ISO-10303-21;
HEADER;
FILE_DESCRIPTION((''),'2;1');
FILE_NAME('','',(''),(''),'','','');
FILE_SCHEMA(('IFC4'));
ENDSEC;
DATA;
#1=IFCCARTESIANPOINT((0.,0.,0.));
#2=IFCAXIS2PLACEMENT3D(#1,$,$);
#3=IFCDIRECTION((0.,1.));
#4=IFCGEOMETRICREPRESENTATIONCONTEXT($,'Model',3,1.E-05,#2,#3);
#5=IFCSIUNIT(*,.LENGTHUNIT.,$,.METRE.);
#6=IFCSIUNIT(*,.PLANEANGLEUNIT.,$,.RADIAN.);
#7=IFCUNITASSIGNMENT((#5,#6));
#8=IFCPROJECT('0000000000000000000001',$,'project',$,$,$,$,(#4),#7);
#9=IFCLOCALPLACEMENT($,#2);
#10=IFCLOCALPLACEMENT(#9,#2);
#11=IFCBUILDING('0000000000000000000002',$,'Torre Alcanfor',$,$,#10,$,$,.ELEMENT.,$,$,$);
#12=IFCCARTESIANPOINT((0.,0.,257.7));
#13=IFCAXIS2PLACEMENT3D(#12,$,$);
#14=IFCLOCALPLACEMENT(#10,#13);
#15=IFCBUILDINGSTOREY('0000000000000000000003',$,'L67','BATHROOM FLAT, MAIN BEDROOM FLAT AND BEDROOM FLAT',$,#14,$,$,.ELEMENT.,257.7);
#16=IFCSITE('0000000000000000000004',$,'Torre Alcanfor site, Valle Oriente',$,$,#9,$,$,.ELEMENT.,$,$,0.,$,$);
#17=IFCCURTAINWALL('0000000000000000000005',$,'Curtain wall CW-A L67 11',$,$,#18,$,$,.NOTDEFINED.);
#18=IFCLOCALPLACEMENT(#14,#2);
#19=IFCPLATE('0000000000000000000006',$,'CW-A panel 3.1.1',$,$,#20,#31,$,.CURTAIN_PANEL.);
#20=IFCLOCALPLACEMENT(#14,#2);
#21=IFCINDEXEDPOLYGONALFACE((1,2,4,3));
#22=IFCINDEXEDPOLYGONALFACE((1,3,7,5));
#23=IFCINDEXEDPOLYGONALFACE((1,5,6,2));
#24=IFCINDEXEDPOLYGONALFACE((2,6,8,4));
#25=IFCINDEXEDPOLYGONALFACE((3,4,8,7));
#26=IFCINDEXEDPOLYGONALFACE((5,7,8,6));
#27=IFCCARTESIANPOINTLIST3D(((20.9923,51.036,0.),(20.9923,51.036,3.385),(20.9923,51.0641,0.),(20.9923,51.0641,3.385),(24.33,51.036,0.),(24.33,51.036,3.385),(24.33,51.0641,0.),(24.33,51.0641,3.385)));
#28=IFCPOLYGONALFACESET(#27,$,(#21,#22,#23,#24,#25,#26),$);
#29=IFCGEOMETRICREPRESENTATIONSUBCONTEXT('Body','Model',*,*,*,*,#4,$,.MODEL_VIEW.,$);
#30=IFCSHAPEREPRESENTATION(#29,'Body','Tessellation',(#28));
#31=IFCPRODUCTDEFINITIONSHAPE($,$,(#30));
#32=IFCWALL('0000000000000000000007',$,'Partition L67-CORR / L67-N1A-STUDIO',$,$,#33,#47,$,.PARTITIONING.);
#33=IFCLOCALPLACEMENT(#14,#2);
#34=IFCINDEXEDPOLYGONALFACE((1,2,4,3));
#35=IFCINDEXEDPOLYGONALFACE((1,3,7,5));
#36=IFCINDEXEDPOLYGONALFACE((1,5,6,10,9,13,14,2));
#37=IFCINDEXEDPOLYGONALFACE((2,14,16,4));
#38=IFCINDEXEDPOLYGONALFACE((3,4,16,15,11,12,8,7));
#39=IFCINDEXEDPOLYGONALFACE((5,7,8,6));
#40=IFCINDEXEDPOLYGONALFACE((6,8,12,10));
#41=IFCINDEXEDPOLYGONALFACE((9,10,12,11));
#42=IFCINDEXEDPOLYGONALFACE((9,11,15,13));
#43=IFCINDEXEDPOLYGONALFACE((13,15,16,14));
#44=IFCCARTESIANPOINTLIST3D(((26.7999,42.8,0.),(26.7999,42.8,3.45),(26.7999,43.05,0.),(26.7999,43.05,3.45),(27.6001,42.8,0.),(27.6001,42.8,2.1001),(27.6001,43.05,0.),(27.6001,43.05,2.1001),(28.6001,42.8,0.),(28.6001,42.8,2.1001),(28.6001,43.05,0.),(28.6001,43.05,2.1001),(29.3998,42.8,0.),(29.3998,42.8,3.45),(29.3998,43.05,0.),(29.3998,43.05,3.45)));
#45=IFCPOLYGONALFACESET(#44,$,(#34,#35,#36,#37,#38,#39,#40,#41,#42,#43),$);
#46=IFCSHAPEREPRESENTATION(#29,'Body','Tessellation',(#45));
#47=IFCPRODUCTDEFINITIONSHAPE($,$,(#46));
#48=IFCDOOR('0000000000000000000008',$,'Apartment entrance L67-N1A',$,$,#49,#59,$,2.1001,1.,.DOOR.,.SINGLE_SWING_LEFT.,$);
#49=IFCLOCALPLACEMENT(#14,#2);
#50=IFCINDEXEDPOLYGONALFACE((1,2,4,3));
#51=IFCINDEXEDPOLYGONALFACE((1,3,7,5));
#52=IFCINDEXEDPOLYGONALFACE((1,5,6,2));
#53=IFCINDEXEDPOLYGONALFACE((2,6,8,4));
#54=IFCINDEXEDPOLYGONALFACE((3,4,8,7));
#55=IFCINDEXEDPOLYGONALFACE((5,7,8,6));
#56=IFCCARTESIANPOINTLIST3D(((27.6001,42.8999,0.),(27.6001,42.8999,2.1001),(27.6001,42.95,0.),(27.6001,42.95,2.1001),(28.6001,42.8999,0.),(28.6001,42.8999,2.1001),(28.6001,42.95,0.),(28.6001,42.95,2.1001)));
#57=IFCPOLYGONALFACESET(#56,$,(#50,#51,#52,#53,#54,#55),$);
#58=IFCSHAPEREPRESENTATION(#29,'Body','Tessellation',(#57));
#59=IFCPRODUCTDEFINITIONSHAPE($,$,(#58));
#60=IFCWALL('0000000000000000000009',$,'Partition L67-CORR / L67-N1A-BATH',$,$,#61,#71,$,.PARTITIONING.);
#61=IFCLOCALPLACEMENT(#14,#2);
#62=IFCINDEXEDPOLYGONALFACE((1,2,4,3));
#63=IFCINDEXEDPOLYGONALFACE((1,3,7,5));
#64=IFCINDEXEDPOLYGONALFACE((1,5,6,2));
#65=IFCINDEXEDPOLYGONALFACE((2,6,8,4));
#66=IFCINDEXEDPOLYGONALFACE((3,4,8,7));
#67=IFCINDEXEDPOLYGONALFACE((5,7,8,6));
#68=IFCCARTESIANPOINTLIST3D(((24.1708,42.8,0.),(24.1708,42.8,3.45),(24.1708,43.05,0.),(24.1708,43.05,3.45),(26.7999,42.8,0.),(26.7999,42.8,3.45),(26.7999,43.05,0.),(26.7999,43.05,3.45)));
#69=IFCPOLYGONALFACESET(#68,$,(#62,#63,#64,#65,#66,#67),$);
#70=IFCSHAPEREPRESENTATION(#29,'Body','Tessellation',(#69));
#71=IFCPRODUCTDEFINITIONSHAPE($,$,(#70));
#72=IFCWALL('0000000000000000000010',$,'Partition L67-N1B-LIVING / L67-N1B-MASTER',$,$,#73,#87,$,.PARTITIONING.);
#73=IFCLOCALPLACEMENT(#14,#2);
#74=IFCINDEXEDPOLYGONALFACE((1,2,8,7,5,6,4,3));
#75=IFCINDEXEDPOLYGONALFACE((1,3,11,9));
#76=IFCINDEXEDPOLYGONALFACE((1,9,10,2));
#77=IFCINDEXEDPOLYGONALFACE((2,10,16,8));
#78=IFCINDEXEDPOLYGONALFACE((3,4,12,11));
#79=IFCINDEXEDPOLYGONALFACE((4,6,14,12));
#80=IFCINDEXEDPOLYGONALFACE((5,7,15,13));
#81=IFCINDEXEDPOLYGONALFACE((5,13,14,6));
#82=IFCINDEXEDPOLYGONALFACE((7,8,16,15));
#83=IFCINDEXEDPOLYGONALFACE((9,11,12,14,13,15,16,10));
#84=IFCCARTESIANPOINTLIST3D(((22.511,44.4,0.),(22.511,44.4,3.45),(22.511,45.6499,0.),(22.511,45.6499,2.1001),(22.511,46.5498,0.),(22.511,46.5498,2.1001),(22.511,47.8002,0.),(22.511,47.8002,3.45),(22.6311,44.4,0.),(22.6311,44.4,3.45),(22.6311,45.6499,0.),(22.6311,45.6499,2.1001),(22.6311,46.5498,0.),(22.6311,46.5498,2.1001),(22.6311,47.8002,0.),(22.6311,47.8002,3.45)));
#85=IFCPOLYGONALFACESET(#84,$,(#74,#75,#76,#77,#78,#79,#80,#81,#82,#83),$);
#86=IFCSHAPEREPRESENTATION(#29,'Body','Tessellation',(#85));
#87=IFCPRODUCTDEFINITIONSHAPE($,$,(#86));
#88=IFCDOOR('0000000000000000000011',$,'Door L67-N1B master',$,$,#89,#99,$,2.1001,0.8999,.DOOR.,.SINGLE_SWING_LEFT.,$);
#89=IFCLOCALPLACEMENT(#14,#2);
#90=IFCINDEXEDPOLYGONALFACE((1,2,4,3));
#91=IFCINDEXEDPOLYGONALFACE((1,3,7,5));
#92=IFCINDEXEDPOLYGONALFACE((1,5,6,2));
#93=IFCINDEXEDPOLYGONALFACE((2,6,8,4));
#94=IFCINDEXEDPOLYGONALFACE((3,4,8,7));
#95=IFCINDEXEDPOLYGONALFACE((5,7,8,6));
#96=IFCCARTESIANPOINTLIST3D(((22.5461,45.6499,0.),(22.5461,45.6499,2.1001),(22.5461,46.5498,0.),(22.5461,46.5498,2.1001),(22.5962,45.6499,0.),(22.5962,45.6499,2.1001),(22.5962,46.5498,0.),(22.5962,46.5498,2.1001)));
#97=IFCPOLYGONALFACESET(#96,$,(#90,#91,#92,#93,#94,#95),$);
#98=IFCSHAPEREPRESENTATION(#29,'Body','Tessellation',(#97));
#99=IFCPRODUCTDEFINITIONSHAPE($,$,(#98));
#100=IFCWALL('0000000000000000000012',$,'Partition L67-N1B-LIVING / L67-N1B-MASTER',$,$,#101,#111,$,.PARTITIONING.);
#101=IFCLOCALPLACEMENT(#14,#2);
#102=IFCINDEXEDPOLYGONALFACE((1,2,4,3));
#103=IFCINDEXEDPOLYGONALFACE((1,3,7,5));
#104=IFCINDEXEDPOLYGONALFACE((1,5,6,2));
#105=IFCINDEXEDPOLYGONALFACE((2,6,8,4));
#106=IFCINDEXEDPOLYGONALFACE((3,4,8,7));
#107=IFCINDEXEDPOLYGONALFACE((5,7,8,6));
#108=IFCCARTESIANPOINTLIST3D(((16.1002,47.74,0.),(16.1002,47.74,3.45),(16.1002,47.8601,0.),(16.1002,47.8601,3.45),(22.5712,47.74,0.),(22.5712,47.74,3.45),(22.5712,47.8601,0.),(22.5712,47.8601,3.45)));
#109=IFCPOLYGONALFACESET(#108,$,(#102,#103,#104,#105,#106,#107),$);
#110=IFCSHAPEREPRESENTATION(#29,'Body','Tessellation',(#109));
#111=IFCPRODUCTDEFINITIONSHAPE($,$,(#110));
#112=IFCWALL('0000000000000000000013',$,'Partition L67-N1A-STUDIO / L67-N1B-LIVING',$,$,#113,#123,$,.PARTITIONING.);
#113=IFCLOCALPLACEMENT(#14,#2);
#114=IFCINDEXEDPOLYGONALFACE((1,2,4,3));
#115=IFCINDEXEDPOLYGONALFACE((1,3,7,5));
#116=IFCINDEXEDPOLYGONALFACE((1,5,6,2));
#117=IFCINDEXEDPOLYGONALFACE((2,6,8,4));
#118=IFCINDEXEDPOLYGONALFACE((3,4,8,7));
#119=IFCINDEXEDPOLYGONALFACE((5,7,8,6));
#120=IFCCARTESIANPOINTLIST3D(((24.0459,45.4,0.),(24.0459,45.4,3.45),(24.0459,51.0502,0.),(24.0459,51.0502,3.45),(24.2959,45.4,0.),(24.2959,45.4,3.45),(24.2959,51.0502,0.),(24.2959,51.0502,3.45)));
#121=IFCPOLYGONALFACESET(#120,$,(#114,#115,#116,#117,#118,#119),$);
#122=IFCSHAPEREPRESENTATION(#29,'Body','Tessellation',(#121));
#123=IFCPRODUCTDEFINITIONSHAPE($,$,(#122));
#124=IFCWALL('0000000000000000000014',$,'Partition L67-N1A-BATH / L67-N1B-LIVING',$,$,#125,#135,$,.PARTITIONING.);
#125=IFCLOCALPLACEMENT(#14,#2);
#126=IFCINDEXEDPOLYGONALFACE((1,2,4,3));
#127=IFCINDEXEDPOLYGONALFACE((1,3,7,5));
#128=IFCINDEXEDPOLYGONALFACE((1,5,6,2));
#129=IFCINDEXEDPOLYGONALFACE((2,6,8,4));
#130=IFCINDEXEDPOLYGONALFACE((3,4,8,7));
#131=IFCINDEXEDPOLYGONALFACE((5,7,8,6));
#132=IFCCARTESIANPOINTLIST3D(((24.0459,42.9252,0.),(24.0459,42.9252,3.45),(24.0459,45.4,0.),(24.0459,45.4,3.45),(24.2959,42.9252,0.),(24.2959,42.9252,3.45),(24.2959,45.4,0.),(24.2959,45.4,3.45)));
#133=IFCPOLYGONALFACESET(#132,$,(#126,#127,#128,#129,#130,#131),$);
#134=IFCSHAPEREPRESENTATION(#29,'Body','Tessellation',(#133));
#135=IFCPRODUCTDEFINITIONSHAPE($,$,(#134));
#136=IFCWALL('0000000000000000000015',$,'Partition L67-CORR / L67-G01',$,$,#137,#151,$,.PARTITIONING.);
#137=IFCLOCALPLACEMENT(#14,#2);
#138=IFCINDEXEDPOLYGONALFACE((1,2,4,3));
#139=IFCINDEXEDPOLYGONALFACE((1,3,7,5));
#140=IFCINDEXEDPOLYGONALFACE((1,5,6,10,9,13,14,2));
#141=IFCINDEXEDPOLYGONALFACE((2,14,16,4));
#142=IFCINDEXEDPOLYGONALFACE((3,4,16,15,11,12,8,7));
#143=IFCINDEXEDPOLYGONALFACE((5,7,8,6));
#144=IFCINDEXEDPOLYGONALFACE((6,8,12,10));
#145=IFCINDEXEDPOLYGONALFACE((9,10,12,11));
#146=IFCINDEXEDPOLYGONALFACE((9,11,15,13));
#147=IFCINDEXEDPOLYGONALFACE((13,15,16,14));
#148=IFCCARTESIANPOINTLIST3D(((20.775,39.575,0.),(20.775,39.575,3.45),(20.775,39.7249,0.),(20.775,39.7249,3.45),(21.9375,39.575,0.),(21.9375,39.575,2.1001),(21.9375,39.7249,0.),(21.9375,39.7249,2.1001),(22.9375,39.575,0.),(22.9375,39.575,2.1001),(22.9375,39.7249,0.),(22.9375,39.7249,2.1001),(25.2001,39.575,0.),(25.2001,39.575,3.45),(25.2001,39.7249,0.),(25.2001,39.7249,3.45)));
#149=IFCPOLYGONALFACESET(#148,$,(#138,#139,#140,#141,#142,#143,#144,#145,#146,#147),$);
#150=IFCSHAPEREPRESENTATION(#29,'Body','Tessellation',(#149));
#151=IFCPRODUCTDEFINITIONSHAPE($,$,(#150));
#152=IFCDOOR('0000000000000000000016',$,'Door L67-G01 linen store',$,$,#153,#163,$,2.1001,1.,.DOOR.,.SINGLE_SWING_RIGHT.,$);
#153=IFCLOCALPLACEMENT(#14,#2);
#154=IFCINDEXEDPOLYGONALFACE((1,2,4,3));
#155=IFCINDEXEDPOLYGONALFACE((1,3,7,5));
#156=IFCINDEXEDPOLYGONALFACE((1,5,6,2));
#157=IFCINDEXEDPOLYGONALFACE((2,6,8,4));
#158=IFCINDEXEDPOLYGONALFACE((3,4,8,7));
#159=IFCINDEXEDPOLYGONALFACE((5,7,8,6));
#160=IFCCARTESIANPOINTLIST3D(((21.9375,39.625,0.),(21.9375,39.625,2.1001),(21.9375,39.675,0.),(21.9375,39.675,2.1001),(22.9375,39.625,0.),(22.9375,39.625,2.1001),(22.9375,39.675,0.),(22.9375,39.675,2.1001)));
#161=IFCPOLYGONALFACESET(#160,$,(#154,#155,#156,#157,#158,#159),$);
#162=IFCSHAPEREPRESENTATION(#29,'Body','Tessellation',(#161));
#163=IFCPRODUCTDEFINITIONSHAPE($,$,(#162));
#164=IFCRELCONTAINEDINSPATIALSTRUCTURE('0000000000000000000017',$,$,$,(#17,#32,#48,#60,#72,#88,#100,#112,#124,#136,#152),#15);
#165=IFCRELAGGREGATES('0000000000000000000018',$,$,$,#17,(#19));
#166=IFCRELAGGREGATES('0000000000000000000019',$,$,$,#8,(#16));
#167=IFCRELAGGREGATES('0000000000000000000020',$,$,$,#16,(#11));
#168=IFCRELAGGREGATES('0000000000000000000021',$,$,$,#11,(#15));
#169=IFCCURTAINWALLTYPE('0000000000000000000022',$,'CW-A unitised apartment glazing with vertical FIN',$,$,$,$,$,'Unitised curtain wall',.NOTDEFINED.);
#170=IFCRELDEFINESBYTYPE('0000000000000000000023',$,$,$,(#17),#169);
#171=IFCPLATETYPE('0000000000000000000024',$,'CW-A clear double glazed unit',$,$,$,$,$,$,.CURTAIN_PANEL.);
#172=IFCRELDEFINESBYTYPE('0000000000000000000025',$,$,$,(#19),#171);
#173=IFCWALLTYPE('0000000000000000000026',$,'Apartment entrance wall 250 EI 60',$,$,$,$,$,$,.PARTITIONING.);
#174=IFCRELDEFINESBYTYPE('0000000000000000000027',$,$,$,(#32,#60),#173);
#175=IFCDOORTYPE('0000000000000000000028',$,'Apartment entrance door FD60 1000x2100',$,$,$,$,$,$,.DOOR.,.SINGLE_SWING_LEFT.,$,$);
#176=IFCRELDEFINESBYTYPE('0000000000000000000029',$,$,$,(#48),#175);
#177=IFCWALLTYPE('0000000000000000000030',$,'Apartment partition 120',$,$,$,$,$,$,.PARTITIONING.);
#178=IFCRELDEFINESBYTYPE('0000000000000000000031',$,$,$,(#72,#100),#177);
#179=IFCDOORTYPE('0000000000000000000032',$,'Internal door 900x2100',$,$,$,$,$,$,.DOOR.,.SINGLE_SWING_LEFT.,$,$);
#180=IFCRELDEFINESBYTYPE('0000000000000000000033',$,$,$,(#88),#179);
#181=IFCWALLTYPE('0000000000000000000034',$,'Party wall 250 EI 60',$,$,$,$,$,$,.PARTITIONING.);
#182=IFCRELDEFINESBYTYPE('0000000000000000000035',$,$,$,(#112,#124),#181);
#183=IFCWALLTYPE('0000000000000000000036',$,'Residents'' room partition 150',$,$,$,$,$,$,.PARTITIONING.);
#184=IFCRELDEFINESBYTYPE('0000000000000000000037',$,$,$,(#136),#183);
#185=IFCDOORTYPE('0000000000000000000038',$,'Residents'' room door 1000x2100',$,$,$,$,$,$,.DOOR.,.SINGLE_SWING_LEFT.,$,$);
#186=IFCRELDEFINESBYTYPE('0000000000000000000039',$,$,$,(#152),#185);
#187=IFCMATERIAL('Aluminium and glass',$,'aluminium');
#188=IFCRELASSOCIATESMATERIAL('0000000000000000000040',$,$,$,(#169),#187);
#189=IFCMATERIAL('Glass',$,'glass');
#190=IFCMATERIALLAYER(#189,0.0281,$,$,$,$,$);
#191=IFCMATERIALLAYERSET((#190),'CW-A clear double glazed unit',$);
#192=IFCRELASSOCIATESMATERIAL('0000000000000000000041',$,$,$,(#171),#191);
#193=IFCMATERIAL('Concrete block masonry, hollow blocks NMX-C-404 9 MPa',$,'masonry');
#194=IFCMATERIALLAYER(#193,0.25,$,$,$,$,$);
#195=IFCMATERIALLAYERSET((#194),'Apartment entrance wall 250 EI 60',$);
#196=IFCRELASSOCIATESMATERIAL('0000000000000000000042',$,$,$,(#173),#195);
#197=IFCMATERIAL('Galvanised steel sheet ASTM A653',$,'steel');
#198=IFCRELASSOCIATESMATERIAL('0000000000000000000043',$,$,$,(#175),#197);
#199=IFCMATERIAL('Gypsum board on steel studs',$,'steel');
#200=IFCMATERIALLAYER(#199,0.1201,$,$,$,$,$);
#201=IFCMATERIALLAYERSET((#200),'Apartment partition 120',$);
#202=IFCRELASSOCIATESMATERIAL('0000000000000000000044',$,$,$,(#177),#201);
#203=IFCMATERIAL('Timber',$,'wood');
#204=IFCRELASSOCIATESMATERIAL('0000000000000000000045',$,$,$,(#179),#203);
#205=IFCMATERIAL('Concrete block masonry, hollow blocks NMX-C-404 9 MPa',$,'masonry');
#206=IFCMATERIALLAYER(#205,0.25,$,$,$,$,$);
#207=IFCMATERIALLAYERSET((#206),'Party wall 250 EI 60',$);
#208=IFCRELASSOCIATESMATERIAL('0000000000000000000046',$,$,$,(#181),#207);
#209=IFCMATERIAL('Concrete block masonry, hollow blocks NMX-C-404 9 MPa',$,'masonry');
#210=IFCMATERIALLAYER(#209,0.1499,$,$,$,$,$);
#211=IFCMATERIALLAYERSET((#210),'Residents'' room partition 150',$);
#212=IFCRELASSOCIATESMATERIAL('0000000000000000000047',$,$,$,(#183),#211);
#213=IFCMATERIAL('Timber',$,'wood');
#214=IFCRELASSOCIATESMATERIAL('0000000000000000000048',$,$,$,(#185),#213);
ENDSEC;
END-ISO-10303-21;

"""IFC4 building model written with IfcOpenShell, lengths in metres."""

from ifc_helpers import new_model, si_unit, direction, frame, frame_2d, origin, origin_2d, place, context, subcontext, project, spatial, rectangle, extrude, material, layer, layer_set, type_object, element, fill, aggregate, save


model = new_model("IFC4")

# Units and contexts
model_context = context("Model", 3, precision=1e-05, world=origin(), true_north=direction((0.0, 1.0)))
body_context = subcontext(model_context, "Body", "Model", "MODEL_VIEW")
ifc_project = project(units=[si_unit("LENGTHUNIT", "METRE"), si_unit("PLANEANGLEUNIT", "RADIAN")], contexts=[model_context])

# Site, building, storey
site_placement = place(None, origin())
site = spatial("IfcSite", under=ifc_project, at=site_placement, Name="Torre Alcanfor site, Valle Oriente", CompositionType="ELEMENT", RefElevation=0.0)
building_placement = place(site_placement, origin())
building = spatial("IfcBuilding", under=site, at=building_placement, Name="Torre Alcanfor", CompositionType="ELEMENT")
storey_placement = place(building_placement, frame((0.0, 0.0, 257.7)))
storey = spatial("IfcBuildingStorey", under=building, at=storey_placement, Name="L67", Description="BATHROOM FLAT, MAIN BEDROOM FLAT AND BEDROOM FLAT", CompositionType="ELEMENT", Elevation=257.7)

# Curtain wall
ifc_material_1 = material(Name="Aluminium and glass", Category="aluminium")
curtain_wall_type = type_object("IfcCurtainWallType", Name="CW-A unitised apartment glazing with vertical FIN", ElementType="Unitised curtain wall", PredefinedType="NOTDEFINED", material=ifc_material_1)
curtain_wall_placement = place(storey_placement, origin())
curtain_wall = element("IfcCurtainWall", 1, at=curtain_wall_placement, inside=storey, type_object=curtain_wall_type, Name="Curtain wall CW-A L67 11", PredefinedType="NOTDEFINED")

# Plate
ifc_material_2 = material(Name="Glass", Category="glass")
ifc_layer_1 = layer(ifc_material_2, 0.0281)
ifc_layer_set_1 = layer_set([ifc_layer_1], Name="CW-A clear double glazed unit")
plate_type = type_object("IfcPlateType", Name="CW-A clear double glazed unit", PredefinedType="CURTAIN_PANEL", material=ifc_layer_set_1)
plate_1_placement = place(storey_placement, frame((22.6611, 51.05, 0.0), z_axis=(0.0, 0.0, 1.0), x_axis=(-1.0, 0.0, 0.0)))
plate_1 = element("IfcPlate", 2, at=plate_1_placement, type_object=plate_type, Name="CW-A panel 3.1.1", PredefinedType="CURTAIN_PANEL", context=body_context, shape_type="SweptSolid", body=[
    extrude(rectangle(XDim=3.3376, YDim=0.0281, at=origin_2d()), origin(), (0.0, 0.0, 1.0), 3.385),
])
aggregate(curtain_wall, [plate_1])

# Wall, opening, door
ifc_material_3 = material(Name="Concrete block masonry, hollow blocks NMX-C-404 9 MPa", Category="masonry")
ifc_layer_2 = layer(ifc_material_3, 0.25)
ifc_layer_set_2 = layer_set([ifc_layer_2], Name="Apartment entrance wall 250 EI 60")
wall_type_1 = type_object("IfcWallType", Name="Apartment entrance wall 250 EI 60", PredefinedType="PARTITIONING", material=ifc_layer_set_2)
wall_1_placement = place(storey_placement, frame((26.8, 42.925, 0.0), z_axis=(0.0, 0.0, 1.0), x_axis=(1.0, 0.0, 0.0)))
wall_1 = element("IfcWall", 3, at=wall_1_placement, inside=storey, type_object=wall_type_1, Name="Partition L67-CORR / L67-N1A-STUDIO", PredefinedType="PARTITIONING", context=body_context, shape_type="SweptSolid", body=[
    extrude(rectangle(XDim=2.5999, YDim=0.25, at=frame_2d((1.2998, 0.0))), origin(), (0.0, 0.0, 1.0), 3.45),
])
opening_1_placement = place(wall_1_placement, frame((0.8, 0.0, 0.0)))
opening_1 = element("IfcOpeningElement", 4, at=opening_1_placement, cuts=wall_1, PredefinedType="OPENING", context=body_context, shape_type="SweptSolid", body=[
    extrude(rectangle(XDim=1.0, YDim=2.1001, at=frame_2d((0.5, 1.05))), frame((0.0, 0.135, 0.0), z_axis=(0.0, -1.0, 0.0), x_axis=(1.0, 0.0, 0.0)), (0.0, 0.0, 1.0), 0.27),
])
ifc_material_4 = material(Name="Galvanised steel sheet ASTM A653", Category="steel")
door_type_1 = type_object("IfcDoorType", Name="Apartment entrance door FD60 1000x2100", OperationType="SINGLE_SWING_LEFT", PredefinedType="DOOR", material=ifc_material_4)
door_1_placement = place(opening_1_placement, origin())
door_1 = element("IfcDoor", 5, at=door_1_placement, inside=storey, type_object=door_type_1, Name="Apartment entrance L67-N1A", OperationType="SINGLE_SWING_LEFT", OverallHeight=2.1001, OverallWidth=1.0, PredefinedType="DOOR", context=body_context, shape_type="SweptSolid", body=[
    extrude(rectangle(XDim=1.0, YDim=2.1001, at=frame_2d((0.5, 1.05))), frame((0.0, 0.0249, 0.0), z_axis=(0.0, -1.0, 0.0), x_axis=(1.0, 0.0, 0.0)), (0.0, 0.0, 1.0), 0.05),
])
fill(opening_1, door_1)

# Wall
wall_2_placement = place(storey_placement, frame((24.1709, 42.925, 0.0), z_axis=(0.0, 0.0, 1.0), x_axis=(1.0, 0.0, 0.0)))
element("IfcWall", 6, at=wall_2_placement, inside=storey, type_object=wall_type_1, Name="Partition L67-CORR / L67-N1A-BATH", PredefinedType="PARTITIONING", context=body_context, shape_type="SweptSolid", body=[
    extrude(rectangle(XDim=2.6292, YDim=0.25, at=frame_2d((1.3145, 0.0))), origin(), (0.0, 0.0, 1.0), 3.45),
])

# Wall, opening, door
ifc_material_5 = material(Name="Gypsum board on steel studs", Category="steel")
ifc_layer_3 = layer(ifc_material_5, 0.1201)
ifc_layer_set_3 = layer_set([ifc_layer_3], Name="Apartment partition 120")
wall_type_2 = type_object("IfcWallType", Name="Apartment partition 120", PredefinedType="PARTITIONING", material=ifc_layer_set_3)
wall_3_placement = place(storey_placement, frame((22.571, 44.3999, 0.0), z_axis=(0.0, 0.0, 1.0), x_axis=(0.0, 1.0, 0.0)))
wall_3 = element("IfcWall", 7, at=wall_3_placement, inside=storey, type_object=wall_type_2, Name="Partition L67-N1B-LIVING / L67-N1B-MASTER", PredefinedType="PARTITIONING", context=body_context, shape_type="SweptSolid", body=[
    extrude(rectangle(XDim=3.4001, YDim=0.1201, at=frame_2d((1.7002, 0.0))), origin(), (0.0, 0.0, 1.0), 3.45),
])
opening_2_placement = place(wall_3_placement, frame((1.25, 0.0, 0.0)))
opening_2 = element("IfcOpeningElement", 8, at=opening_2_placement, cuts=wall_3, PredefinedType="OPENING", context=body_context, shape_type="SweptSolid", body=[
    extrude(rectangle(XDim=0.8999, YDim=2.1001, at=frame_2d((0.45, 1.05))), frame((0.0, 0.0701, 0.0), z_axis=(0.0, -1.0, 0.0), x_axis=(1.0, 0.0, 0.0)), (0.0, 0.0, 1.0), 0.1401),
])
ifc_material_6 = material(Name="Timber", Category="wood")
door_type_2 = type_object("IfcDoorType", Name="Internal door 900x2100", OperationType="SINGLE_SWING_LEFT", PredefinedType="DOOR", material=ifc_material_6)
door_2_placement = place(opening_2_placement, origin())
door_2 = element("IfcDoor", 9, at=door_2_placement, inside=storey, type_object=door_type_2, Name="Door L67-N1B master", OperationType="SINGLE_SWING_LEFT", OverallHeight=2.1001, OverallWidth=0.8999, PredefinedType="DOOR", context=body_context, shape_type="SweptSolid", body=[
    extrude(rectangle(XDim=0.8999, YDim=2.1001, at=frame_2d((0.45, 1.05))), frame((0.0, 0.0249, 0.0), z_axis=(0.0, -1.0, 0.0), x_axis=(1.0, 0.0, 0.0)), (0.0, 0.0, 1.0), 0.05),
])
fill(opening_2, door_2)

# Walls
wall_4_placement = place(storey_placement, frame((22.571, 47.8, 0.0), z_axis=(0.0, 0.0, 1.0), x_axis=(-1.0, 0.0, 0.0)))
element("IfcWall", 10, at=wall_4_placement, inside=storey, type_object=wall_type_2, Name="Partition L67-N1B-LIVING / L67-N1B-MASTER", PredefinedType="PARTITIONING", context=body_context, shape_type="SweptSolid", body=[
    extrude(rectangle(XDim=6.4709, YDim=0.1201, at=frame_2d((3.2354, 0.0))), origin(), (0.0, 0.0, 1.0), 3.45),
])
ifc_material_7 = material(Name="Concrete block masonry, hollow blocks NMX-C-404 9 MPa", Category="masonry")
ifc_layer_4 = layer(ifc_material_7, 0.25)
ifc_layer_set_4 = layer_set([ifc_layer_4], Name="Party wall 250 EI 60")
wall_type_3 = type_object("IfcWallType", Name="Party wall 250 EI 60", PredefinedType="PARTITIONING", material=ifc_layer_set_4)
wall_5_placement = place(storey_placement, frame((24.1709, 45.3999, 0.0), z_axis=(0.0, 0.0, 1.0), x_axis=(0.0, 1.0, 0.0)))
element("IfcWall", 11, at=wall_5_placement, inside=storey, type_object=wall_type_3, Name="Partition L67-N1A-STUDIO / L67-N1B-LIVING", PredefinedType="PARTITIONING", context=body_context, shape_type="SweptSolid", body=[
    extrude(rectangle(XDim=5.6501, YDim=0.25, at=frame_2d((2.8252, 0.0))), origin(), (0.0, 0.0, 1.0), 3.45),
])
wall_6_placement = place(storey_placement, frame((24.1709, 45.3999, 0.0), z_axis=(0.0, 0.0, 1.0), x_axis=(0.0, -1.0, 0.0)))
element("IfcWall", 12, at=wall_6_placement, inside=storey, type_object=wall_type_3, Name="Partition L67-N1A-BATH / L67-N1B-LIVING", PredefinedType="PARTITIONING", context=body_context, shape_type="SweptSolid", body=[
    extrude(rectangle(XDim=2.4749, YDim=0.25, at=frame_2d((1.2373, 0.0))), origin(), (0.0, 0.0, 1.0), 3.45),
])

# Wall, opening, door
ifc_material_8 = material(Name="Concrete block masonry, hollow blocks NMX-C-404 9 MPa", Category="masonry")
ifc_layer_5 = layer(ifc_material_8, 0.1499)
ifc_layer_set_5 = layer_set([ifc_layer_5], Name="Residents' room partition 150")
wall_type_4 = type_object("IfcWallType", Name="Residents' room partition 150", PredefinedType="PARTITIONING", material=ifc_layer_set_5)
wall_7_placement = place(storey_placement, frame((25.2, 39.6499, 0.0), z_axis=(0.0, 0.0, 1.0), x_axis=(-1.0, 0.0, 0.0)))
wall_7 = element("IfcWall", 13, at=wall_7_placement, inside=storey, type_object=wall_type_4, Name="Partition L67-CORR / L67-G01", PredefinedType="PARTITIONING", context=body_context, shape_type="SweptSolid", body=[
    extrude(rectangle(XDim=4.425, YDim=0.1499, at=frame_2d((2.2124, 0.0))), origin(), (0.0, 0.0, 1.0), 3.45),
])
opening_3_placement = place(wall_7_placement, frame((2.2625, 0.0, 0.0)))
opening_3 = element("IfcOpeningElement", 14, at=opening_3_placement, cuts=wall_7, PredefinedType="OPENING", context=body_context, shape_type="SweptSolid", body=[
    extrude(rectangle(XDim=1.0, YDim=2.1001, at=frame_2d((0.5, 1.05))), frame((0.0, 0.085, 0.0), z_axis=(0.0, -1.0, 0.0), x_axis=(1.0, 0.0, 0.0)), (0.0, 0.0, 1.0), 0.1699),
])
ifc_material_9 = material(Name="Timber", Category="wood")
door_type_3 = type_object("IfcDoorType", Name="Residents' room door 1000x2100", OperationType="SINGLE_SWING_LEFT", PredefinedType="DOOR", material=ifc_material_9)
door_3_placement = place(opening_3_placement, origin())
door_3 = element("IfcDoor", 15, at=door_3_placement, inside=storey, type_object=door_type_3, Name="Door L67-G01 linen store", OperationType="SINGLE_SWING_RIGHT", OverallHeight=2.1001, OverallWidth=1.0, PredefinedType="DOOR", context=body_context, shape_type="SweptSolid", body=[
    extrude(rectangle(XDim=1.0, YDim=2.1001, at=frame_2d((0.5, 1.05))), frame((0.0, 0.0249, 0.0), z_axis=(0.0, -1.0, 0.0), x_axis=(1.0, 0.0, 0.0)), (0.0, 0.0, 1.0), 0.05),
])
fill(opening_3, door_3)

save(model, "model.ifc")
